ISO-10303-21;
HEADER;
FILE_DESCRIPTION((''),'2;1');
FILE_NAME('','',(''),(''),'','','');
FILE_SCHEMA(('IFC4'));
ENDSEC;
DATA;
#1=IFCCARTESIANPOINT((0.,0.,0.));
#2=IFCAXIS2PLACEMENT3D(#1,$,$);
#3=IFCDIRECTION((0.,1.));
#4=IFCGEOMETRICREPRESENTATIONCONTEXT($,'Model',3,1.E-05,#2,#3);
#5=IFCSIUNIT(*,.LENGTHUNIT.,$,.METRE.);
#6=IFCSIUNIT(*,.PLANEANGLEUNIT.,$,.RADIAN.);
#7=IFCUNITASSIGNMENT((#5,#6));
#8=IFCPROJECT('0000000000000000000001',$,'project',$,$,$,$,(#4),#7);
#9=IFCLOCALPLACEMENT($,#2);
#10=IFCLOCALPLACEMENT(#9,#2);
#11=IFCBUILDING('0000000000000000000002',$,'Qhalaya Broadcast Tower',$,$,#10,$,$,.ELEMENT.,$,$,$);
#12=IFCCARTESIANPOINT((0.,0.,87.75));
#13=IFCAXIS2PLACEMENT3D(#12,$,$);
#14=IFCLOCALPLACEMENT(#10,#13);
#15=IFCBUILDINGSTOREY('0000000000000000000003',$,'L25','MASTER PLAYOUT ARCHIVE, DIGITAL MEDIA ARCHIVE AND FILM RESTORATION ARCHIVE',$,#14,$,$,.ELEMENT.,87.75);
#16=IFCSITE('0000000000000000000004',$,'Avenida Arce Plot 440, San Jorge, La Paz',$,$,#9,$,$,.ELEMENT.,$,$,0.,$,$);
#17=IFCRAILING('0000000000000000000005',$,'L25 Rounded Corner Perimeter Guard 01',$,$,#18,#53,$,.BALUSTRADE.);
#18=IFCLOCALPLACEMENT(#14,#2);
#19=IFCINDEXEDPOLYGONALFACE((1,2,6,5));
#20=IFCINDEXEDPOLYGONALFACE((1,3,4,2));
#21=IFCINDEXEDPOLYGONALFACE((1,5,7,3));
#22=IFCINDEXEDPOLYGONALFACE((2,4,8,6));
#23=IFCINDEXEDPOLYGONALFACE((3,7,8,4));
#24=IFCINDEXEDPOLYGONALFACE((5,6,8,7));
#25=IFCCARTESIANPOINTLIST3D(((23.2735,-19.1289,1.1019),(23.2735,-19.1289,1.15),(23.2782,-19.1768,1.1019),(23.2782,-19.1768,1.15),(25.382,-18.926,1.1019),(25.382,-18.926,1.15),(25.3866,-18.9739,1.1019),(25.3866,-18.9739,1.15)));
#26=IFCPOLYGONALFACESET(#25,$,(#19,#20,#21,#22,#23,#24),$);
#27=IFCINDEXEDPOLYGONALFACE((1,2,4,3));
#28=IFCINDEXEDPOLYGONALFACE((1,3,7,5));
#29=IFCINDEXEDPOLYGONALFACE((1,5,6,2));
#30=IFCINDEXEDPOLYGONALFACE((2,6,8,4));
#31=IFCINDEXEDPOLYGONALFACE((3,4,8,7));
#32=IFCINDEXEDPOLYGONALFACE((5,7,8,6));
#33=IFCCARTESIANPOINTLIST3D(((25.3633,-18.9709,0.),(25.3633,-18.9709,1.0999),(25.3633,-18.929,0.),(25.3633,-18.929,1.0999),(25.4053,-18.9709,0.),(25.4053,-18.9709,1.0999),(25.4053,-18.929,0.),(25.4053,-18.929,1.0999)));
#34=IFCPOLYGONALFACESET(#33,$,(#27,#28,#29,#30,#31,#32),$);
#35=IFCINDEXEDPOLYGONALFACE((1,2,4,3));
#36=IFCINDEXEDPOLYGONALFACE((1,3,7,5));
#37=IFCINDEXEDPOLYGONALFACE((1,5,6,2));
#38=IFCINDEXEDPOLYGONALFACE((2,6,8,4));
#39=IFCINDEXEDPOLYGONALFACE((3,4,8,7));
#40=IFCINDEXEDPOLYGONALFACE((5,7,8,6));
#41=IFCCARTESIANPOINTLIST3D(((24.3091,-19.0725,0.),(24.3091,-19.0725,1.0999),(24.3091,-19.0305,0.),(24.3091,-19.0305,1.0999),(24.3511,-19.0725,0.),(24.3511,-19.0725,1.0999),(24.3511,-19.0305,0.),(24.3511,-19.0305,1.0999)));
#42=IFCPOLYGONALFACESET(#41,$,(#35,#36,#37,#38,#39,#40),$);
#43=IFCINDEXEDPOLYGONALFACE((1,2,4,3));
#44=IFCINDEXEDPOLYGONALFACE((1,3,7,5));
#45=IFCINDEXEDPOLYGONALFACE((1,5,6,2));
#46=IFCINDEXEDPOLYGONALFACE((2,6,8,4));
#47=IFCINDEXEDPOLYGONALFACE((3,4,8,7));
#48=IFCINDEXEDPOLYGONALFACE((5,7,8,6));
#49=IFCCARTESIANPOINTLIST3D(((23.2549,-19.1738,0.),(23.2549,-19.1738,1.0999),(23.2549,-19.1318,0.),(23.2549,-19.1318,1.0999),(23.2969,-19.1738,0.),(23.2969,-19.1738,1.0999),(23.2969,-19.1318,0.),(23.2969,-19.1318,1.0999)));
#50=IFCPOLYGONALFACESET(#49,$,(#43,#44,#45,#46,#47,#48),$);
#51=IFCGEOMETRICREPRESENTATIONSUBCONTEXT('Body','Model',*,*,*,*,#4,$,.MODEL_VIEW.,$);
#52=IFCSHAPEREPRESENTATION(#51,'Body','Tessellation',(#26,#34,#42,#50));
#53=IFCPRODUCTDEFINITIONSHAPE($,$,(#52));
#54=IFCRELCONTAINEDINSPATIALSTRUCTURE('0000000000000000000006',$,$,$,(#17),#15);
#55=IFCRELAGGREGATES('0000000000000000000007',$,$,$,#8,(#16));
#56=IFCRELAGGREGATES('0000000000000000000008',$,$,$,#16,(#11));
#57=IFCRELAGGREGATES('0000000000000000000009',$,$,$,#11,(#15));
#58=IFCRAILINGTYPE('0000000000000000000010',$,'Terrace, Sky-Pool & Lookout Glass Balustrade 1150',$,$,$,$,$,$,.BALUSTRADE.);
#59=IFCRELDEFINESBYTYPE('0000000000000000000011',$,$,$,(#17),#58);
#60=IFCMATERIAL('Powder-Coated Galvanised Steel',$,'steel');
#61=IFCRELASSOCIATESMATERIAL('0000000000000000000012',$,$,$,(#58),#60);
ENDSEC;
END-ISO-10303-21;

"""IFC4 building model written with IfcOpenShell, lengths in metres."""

from ifc_helpers import new_model, si_unit, direction, frame, origin, origin_2d, place, context, subcontext, project, spatial, rectangle, extrude, material, type_object, element, save


model = new_model("IFC4")

# Units and contexts
model_context = context("Model", 3, precision=1e-05, world=origin(), true_north=direction((0.0, 1.0)))
body_context = subcontext(model_context, "Body", "Model", "MODEL_VIEW")
ifc_project = project(units=[si_unit("LENGTHUNIT", "METRE"), si_unit("PLANEANGLEUNIT", "RADIAN")], contexts=[model_context])

# Site, building, storey
site_placement = place(None, origin())
site = spatial("IfcSite", under=ifc_project, at=site_placement, Name="Avenida Arce Plot 440, San Jorge, La Paz", CompositionType="ELEMENT", RefElevation=0.0)
building_placement = place(site_placement, origin())
building = spatial("IfcBuilding", under=site, at=building_placement, Name="Qhalaya Broadcast Tower", CompositionType="ELEMENT")
storey_placement = place(building_placement, frame((0.0, 0.0, 87.75)))
storey = spatial("IfcBuildingStorey", under=building, at=storey_placement, Name="L25", Description="MASTER PLAYOUT ARCHIVE, DIGITAL MEDIA ARCHIVE AND FILM RESTORATION ARCHIVE", CompositionType="ELEMENT", Elevation=87.75)

# Railing
ifc_material_1 = material(Name="Powder-Coated Galvanised Steel", Category="steel")
railing_type = type_object("IfcRailingType", Name="Terrace, Sky-Pool & Lookout Glass Balustrade 1150", PredefinedType="BALUSTRADE", material=ifc_material_1)
railing_placement = place(storey_placement, frame((25.3843, -18.95, 0.0)))
element("IfcRailing", 1, at=railing_placement, inside=storey, type_object=railing_type, Name="L25 Rounded Corner Perimeter Guard 01", PredefinedType="BALUSTRADE", context=body_context, shape_type="SweptSolid", body=[
    extrude(rectangle(XDim=0.0481, YDim=0.0481, at=origin_2d()), frame((0.0, 0.0, 1.126), z_axis=(-0.995402, -0.095783, 0.0), x_axis=(0.095783, -0.995402, 0.0)), (0.0, 0.0, 1.0), 2.1182),
    extrude(rectangle(XDim=0.042, YDim=0.042, at=origin_2d()), origin(), (0.0, 0.0, 1.0), 1.0999),
    extrude(rectangle(XDim=0.042, YDim=0.042, at=origin_2d()), frame((-1.0542, -0.1016, 0.0)), (0.0, 0.0, 1.0), 1.0999),
    extrude(rectangle(XDim=0.042, YDim=0.042, at=origin_2d()), frame((-2.1084, -0.2029, 0.0)), (0.0, 0.0, 1.0), 1.0999),
])

save(model, "model.ifc")
